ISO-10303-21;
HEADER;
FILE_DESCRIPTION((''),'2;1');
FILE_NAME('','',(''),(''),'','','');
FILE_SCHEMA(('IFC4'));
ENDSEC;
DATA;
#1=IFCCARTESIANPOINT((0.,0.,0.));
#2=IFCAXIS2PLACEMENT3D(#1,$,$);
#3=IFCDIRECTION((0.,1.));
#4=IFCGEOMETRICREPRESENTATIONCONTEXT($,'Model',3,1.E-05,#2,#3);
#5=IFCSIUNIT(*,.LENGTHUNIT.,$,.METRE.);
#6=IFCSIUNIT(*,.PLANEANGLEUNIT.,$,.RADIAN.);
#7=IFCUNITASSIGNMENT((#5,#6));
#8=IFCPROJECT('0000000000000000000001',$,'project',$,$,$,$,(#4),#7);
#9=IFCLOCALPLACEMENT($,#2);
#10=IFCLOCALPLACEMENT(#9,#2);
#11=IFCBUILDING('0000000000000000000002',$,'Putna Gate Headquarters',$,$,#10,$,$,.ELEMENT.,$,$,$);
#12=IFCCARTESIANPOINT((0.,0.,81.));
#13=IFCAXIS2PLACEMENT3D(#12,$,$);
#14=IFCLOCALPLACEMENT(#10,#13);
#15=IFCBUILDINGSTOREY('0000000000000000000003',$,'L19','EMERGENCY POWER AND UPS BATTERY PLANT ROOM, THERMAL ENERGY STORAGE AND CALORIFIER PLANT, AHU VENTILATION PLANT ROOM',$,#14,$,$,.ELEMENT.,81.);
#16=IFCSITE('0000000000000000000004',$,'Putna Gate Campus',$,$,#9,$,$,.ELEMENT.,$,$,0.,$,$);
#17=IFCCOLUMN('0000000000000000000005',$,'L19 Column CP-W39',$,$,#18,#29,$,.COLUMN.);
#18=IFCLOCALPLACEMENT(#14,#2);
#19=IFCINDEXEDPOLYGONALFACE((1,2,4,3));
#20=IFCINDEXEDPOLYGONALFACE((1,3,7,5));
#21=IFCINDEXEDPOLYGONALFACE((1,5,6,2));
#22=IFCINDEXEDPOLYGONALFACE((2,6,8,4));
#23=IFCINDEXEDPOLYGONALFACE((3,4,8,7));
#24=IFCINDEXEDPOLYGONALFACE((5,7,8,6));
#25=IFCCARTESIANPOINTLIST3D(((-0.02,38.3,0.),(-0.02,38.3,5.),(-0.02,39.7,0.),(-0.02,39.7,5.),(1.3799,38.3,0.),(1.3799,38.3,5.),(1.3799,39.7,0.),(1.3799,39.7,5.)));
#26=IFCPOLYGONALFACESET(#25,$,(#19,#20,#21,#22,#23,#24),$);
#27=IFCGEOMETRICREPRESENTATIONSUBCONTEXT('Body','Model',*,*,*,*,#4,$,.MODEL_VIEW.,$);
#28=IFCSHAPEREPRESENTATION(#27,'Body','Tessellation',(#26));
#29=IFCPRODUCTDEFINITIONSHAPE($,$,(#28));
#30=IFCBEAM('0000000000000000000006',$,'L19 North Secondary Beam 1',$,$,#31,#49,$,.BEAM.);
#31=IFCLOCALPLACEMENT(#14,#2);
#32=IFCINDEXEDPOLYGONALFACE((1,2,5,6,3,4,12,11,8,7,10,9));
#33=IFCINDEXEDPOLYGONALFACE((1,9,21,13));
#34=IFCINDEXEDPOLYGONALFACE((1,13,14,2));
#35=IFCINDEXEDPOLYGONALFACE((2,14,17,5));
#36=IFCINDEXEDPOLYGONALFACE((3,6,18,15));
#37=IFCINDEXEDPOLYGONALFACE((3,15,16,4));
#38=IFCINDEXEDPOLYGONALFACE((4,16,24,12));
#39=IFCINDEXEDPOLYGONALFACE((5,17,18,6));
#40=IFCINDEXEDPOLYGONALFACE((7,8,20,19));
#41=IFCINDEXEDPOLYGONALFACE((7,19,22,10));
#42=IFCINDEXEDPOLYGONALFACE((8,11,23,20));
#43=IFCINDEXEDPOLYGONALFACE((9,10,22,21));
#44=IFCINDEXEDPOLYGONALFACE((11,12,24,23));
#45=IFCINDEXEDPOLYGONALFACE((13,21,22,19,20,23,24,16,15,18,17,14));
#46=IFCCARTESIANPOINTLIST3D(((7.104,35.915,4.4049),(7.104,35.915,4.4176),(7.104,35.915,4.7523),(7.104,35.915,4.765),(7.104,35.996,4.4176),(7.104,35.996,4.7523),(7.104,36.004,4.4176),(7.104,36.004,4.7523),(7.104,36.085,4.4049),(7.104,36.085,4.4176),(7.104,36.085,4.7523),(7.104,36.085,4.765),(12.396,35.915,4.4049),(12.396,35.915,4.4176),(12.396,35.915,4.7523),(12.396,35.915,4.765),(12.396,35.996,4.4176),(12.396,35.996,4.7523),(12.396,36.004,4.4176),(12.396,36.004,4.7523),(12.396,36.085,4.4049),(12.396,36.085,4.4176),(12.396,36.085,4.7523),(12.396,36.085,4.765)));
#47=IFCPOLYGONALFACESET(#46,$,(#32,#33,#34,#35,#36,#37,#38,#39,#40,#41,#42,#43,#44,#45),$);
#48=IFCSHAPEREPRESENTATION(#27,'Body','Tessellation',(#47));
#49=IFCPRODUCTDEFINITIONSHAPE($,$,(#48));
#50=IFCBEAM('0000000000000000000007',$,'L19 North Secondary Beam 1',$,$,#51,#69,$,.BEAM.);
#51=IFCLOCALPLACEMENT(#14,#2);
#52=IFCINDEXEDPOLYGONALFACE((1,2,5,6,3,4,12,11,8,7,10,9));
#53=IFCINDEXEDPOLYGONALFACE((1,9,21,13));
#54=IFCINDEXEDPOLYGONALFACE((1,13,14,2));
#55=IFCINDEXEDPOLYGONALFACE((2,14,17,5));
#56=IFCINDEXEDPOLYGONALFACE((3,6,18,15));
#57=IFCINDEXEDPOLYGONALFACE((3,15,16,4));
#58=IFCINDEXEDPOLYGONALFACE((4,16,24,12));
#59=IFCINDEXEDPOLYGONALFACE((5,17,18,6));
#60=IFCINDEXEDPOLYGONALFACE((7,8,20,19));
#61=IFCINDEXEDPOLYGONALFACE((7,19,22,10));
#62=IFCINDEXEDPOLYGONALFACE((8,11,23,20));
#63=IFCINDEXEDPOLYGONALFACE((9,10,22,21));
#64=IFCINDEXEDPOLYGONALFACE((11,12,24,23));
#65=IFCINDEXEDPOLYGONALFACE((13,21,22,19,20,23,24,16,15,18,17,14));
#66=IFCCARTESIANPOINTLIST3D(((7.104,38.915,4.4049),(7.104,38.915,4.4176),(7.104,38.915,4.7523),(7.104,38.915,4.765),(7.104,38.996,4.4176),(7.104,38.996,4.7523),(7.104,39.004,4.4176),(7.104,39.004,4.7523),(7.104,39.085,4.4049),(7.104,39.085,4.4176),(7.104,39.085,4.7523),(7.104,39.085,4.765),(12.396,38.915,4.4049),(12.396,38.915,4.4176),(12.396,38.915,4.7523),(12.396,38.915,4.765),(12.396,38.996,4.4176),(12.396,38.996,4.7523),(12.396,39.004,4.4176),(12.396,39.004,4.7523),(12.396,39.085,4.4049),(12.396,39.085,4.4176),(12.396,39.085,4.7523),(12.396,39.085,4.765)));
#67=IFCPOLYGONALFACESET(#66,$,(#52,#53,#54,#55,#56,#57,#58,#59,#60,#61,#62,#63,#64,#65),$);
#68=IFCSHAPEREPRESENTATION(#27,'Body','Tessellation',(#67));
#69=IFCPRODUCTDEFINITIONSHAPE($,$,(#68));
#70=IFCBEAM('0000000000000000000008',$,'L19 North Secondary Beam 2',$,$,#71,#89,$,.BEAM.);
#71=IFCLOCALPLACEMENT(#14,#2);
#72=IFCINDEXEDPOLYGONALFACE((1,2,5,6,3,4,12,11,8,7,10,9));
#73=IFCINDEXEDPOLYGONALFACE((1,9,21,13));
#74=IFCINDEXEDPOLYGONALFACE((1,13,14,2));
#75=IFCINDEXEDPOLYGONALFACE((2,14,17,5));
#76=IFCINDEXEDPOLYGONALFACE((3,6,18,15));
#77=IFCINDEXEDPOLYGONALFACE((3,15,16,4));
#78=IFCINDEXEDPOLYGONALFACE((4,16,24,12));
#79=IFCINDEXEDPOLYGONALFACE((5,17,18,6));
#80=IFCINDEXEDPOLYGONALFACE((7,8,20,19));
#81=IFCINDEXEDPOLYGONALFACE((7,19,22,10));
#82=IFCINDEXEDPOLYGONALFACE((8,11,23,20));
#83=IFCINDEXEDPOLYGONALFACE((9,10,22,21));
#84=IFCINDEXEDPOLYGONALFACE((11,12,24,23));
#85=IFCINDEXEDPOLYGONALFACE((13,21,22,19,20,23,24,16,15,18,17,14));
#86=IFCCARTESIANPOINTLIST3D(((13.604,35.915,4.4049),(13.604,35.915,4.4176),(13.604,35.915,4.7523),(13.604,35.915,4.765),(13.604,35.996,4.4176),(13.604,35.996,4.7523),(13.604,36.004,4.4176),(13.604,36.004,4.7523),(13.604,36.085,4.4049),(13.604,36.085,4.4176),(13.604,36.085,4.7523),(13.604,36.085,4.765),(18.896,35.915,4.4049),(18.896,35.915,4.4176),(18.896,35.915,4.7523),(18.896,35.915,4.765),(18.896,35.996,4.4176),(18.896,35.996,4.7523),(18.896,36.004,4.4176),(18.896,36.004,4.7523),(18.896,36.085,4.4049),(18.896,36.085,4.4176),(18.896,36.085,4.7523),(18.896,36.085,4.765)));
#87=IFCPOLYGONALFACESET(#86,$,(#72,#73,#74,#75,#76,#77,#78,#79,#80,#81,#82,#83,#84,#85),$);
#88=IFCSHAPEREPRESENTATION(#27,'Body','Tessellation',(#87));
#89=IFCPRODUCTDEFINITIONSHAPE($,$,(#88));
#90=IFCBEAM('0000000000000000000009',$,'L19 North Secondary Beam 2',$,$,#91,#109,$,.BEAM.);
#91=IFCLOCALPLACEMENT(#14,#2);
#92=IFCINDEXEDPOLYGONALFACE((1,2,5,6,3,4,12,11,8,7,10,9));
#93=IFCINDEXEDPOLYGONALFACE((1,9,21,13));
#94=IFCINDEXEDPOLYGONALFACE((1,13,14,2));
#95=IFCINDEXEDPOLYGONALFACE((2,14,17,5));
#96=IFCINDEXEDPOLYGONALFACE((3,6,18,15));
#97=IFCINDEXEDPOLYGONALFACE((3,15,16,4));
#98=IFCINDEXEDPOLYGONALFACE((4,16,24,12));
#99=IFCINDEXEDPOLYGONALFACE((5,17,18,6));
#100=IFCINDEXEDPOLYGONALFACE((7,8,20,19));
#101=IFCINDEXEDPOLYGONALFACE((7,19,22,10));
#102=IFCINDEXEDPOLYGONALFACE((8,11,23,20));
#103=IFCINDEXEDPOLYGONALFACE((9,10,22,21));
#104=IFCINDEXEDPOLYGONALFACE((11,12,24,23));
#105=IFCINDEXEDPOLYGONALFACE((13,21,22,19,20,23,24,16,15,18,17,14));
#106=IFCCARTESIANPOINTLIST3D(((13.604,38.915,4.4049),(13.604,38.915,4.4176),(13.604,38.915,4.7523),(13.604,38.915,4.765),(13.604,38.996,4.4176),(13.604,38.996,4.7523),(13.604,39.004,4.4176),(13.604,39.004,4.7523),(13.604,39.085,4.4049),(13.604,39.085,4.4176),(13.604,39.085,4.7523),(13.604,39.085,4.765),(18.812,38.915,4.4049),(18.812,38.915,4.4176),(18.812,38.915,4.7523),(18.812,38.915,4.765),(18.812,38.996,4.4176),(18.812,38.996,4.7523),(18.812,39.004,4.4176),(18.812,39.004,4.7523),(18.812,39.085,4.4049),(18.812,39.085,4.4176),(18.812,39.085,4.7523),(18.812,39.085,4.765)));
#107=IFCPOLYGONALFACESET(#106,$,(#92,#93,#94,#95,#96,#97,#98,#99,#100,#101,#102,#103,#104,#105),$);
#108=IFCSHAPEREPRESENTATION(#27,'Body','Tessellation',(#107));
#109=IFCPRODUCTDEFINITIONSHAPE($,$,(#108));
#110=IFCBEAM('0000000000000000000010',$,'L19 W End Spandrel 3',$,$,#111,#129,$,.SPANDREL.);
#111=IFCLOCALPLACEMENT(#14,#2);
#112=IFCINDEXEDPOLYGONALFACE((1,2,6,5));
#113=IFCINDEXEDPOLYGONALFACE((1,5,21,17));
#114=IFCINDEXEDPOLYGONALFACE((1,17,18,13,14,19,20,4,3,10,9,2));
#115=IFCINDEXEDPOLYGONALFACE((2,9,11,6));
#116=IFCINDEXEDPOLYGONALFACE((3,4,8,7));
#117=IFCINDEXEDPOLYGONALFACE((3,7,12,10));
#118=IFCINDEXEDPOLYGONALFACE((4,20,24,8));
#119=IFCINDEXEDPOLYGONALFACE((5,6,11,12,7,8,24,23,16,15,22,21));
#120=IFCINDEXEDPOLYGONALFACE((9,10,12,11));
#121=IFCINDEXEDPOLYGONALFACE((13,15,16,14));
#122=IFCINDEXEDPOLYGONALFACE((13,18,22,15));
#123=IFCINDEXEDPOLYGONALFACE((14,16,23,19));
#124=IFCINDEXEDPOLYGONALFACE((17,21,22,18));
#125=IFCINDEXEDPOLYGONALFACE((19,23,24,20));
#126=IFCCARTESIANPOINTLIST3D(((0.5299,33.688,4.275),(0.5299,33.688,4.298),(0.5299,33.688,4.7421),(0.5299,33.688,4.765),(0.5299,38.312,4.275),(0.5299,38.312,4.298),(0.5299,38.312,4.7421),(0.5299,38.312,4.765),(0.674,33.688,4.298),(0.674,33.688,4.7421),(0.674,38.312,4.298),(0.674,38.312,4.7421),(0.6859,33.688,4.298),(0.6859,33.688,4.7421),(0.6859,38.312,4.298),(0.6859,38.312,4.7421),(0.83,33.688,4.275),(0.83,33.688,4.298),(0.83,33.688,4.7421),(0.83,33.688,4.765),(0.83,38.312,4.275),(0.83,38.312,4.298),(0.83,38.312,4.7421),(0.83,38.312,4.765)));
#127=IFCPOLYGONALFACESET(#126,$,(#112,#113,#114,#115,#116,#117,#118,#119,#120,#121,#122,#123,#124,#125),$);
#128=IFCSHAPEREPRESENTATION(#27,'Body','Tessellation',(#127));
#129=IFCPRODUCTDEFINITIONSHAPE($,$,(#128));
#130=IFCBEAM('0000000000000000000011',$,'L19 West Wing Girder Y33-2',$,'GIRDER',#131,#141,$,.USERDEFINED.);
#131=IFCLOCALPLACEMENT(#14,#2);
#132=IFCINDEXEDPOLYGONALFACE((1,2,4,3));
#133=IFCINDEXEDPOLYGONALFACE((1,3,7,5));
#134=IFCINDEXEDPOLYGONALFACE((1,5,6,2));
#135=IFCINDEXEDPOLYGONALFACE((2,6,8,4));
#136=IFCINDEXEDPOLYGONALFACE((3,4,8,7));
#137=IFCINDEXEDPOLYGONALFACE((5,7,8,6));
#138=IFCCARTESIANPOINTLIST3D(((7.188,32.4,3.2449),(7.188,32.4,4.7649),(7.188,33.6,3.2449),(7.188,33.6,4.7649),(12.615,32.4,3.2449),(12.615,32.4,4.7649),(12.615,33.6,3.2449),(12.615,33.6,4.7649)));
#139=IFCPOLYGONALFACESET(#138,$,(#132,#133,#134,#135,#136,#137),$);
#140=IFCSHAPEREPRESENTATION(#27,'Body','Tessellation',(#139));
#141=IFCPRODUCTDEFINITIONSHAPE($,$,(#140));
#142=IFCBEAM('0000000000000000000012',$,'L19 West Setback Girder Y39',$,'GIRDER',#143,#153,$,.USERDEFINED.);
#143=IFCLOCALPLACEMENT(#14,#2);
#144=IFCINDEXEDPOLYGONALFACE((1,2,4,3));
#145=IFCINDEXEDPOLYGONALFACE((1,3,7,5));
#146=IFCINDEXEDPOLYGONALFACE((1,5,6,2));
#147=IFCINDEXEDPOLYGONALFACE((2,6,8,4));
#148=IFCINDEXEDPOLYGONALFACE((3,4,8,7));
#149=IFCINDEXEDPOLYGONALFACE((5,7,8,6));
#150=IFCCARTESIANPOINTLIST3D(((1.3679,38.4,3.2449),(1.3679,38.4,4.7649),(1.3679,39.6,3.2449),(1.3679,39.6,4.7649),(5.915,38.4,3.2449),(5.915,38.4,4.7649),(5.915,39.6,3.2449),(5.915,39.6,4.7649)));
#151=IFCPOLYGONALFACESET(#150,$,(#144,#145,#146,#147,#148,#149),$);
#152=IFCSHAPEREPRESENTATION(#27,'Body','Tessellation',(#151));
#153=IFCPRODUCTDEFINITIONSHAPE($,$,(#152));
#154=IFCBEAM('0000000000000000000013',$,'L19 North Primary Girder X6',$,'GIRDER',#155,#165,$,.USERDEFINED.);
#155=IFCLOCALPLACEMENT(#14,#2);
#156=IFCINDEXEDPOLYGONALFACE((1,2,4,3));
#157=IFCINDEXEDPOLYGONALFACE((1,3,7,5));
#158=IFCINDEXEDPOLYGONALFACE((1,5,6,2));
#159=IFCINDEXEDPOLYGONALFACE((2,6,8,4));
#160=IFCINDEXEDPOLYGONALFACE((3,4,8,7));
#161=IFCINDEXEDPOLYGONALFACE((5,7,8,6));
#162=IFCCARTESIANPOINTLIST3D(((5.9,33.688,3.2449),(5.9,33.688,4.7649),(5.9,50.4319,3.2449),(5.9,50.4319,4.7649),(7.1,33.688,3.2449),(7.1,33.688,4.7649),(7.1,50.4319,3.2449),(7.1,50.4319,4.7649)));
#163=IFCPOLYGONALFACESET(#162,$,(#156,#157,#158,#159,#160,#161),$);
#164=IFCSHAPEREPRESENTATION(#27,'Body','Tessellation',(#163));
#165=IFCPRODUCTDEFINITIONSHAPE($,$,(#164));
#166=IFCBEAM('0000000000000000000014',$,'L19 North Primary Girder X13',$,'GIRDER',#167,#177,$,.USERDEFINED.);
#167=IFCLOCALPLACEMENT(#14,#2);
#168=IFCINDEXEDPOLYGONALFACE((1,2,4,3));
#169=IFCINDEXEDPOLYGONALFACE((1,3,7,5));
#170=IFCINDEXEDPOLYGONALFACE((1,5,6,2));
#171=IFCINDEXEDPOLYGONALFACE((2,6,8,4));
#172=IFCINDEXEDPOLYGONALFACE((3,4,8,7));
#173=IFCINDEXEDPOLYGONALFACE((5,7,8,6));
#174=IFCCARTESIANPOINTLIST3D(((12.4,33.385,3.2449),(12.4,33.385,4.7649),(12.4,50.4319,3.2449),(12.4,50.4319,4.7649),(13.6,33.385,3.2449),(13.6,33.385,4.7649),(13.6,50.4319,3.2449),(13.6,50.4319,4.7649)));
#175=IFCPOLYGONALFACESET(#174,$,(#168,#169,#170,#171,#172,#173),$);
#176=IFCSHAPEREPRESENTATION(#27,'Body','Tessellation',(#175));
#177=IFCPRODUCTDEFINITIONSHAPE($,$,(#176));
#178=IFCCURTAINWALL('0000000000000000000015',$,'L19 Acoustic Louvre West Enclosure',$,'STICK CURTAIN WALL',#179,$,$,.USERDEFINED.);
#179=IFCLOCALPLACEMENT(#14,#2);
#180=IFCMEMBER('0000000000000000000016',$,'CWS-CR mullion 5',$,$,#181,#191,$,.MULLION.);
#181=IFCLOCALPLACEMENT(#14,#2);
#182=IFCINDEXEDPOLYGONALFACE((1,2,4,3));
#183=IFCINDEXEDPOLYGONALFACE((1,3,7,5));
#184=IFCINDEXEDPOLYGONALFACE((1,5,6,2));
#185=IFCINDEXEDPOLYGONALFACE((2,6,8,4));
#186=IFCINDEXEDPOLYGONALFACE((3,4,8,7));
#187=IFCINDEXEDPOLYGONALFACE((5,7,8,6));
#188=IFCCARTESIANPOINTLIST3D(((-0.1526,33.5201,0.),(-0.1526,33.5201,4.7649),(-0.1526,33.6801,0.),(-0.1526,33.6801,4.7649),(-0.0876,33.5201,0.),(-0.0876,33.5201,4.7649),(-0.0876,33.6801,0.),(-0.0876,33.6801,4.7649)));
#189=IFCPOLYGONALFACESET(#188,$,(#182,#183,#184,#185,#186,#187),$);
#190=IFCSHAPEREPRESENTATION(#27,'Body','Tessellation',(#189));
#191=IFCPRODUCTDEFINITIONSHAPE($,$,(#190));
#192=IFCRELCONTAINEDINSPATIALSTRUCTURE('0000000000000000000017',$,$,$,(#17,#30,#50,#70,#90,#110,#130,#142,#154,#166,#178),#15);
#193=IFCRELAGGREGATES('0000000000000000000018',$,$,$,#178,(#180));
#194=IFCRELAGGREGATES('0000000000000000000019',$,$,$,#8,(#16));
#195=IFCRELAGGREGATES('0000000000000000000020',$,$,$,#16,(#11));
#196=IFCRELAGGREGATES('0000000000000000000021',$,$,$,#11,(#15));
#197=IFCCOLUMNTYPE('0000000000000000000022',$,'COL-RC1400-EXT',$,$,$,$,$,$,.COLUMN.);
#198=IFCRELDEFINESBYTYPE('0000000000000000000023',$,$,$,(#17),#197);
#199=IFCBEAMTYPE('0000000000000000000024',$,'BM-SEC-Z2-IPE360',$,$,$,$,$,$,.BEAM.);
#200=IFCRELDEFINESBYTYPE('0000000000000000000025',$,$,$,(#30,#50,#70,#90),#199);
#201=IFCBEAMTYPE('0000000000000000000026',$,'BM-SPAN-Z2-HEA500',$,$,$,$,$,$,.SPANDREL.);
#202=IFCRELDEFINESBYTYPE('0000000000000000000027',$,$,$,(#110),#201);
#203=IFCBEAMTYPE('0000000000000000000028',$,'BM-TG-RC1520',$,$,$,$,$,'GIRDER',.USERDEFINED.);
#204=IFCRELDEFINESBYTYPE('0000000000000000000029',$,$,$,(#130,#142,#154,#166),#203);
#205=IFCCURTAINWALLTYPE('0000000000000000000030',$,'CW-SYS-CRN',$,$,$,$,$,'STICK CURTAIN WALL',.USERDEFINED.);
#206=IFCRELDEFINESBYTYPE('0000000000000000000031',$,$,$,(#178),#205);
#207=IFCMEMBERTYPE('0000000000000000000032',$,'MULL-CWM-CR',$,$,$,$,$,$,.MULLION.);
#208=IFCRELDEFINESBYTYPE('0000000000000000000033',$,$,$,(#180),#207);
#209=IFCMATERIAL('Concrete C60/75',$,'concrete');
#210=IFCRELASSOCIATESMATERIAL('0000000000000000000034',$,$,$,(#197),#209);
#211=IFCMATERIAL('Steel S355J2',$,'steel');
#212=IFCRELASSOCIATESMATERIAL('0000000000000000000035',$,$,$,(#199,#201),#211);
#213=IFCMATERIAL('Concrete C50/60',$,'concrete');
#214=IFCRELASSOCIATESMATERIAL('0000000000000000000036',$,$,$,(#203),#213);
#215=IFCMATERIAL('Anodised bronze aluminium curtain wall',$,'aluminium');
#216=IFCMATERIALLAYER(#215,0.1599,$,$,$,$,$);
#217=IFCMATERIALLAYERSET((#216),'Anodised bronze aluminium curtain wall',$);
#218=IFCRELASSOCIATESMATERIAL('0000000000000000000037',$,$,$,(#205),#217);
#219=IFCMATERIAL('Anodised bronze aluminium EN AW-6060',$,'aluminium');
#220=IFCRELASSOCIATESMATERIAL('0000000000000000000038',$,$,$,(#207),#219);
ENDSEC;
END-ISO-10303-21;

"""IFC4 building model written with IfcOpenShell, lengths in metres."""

from ifc_helpers import new_model, si_unit, direction, frame, origin, origin_2d, place, context, subcontext, project, spatial, rectangle, i_section, extrude, material, layer, layer_set, material_profile, profile_set, type_object, element, aggregate, save


model = new_model("IFC4")

# Units and contexts
model_context = context("Model", 3, precision=1e-05, world=origin(), true_north=direction((0.0, 1.0)))
body_context = subcontext(model_context, "Body", "Model", "MODEL_VIEW")
ifc_project = project(units=[si_unit("LENGTHUNIT", "METRE"), si_unit("PLANEANGLEUNIT", "RADIAN")], contexts=[model_context])

# Site, building, storey
site_placement = place(None, origin())
site = spatial("IfcSite", under=ifc_project, at=site_placement, Name="Putna Gate Campus", CompositionType="ELEMENT", RefElevation=0.0)
building_placement = place(site_placement, origin())
building = spatial("IfcBuilding", under=site, at=building_placement, Name="Putna Gate Headquarters", CompositionType="ELEMENT")
storey_placement = place(building_placement, frame((0.0, 0.0, 81.0)))
storey = spatial("IfcBuildingStorey", under=building, at=storey_placement, Name="L19", Description="EMERGENCY POWER AND UPS BATTERY PLANT ROOM, THERMAL ENERGY STORAGE AND CALORIFIER PLANT, AHU VENTILATION PLANT ROOM", CompositionType="ELEMENT", Elevation=81.0)

# Column
ifc_material_1 = material(Name="Concrete C60/75", Category="concrete")
ifc_material_profile_1 = material_profile(ifc_material_1, rectangle(XDim=1.3999, YDim=1.3999, at=origin_2d()), Name="Concrete C60/75")
ifc_profile_set_1 = profile_set([ifc_material_profile_1], Name="Concrete C60/75")
column_type = type_object("IfcColumnType", Name="COL-RC1400-EXT", PredefinedType="COLUMN", material=ifc_profile_set_1)
column_placement = place(storey_placement, frame((0.6799, 39.0, 0.0), z_axis=(0.0, 0.0, 1.0), x_axis=(1.0, 0.0, 0.0)))
element("IfcColumn", 1, at=column_placement, inside=storey, type_object=column_type, Name="L19 Column CP-W39", PredefinedType="COLUMN", context=body_context, shape_type="SweptSolid", body=[
    extrude(rectangle(XDim=1.3999, YDim=1.3999, at=origin_2d()), origin(), (0.0, 0.0, 1.0), 5.0),
])

# Beams
ifc_material_2 = material(Name="Steel S355J2", Category="steel")
ifc_material_profile_2 = material_profile(ifc_material_2, i_section(OverallWidth=0.1699, OverallDepth=0.3601, WebThickness=0.0081, FlangeThickness=0.0127, at=origin_2d()), Name="Steel S355J2")
ifc_profile_set_2 = profile_set([ifc_material_profile_2], Name="Steel S355J2")
beam_type_1 = type_object("IfcBeamType", Name="BM-SEC-Z2-IPE360", PredefinedType="BEAM", material=ifc_profile_set_2)
for number, where, z_axis, x_axis, name in (
    (2, (7.104, 36.0, 4.585), (1.0, 0.0, 0.0), (0.0, 1.0, 0.0), "L19 North Secondary Beam 1"),
    (3, (7.104, 39.0, 4.585), (1.0, 0.0, 0.0), (0.0, 1.0, 0.0), "L19 North Secondary Beam 1"),
    (4, (13.604, 36.0, 4.585), (1.0, 0.0, 0.0), (0.0, 1.0, 0.0), "L19 North Secondary Beam 2"),
):
    element("IfcBeam", number, at=place(storey_placement, frame(where, z_axis=z_axis, x_axis=x_axis)), inside=storey, type_object=beam_type_1, Name=name, PredefinedType="BEAM", context=body_context, shape_type="SweptSolid", body=[
        extrude(i_section(OverallWidth=0.1699, OverallDepth=0.3601, WebThickness=0.0081, FlangeThickness=0.0127, at=origin_2d()), origin(), (0.0, 0.0, 1.0), 5.292),
    ])
beam_1_placement = place(storey_placement, frame((13.604, 39.0, 4.585), z_axis=(1.0, 0.0, 0.0), x_axis=(0.0, 1.0, 0.0)))
element("IfcBeam", 5, at=beam_1_placement, inside=storey, type_object=beam_type_1, Name="L19 North Secondary Beam 2", PredefinedType="BEAM", context=body_context, shape_type="SweptSolid", body=[
    extrude(i_section(OverallWidth=0.1699, OverallDepth=0.3601, WebThickness=0.0081, FlangeThickness=0.0127, at=origin_2d()), origin(), (0.0, 0.0, 1.0), 5.208),
])
ifc_material_profile_3 = material_profile(ifc_material_2, i_section(OverallWidth=0.3, OverallDepth=0.49, WebThickness=0.012, FlangeThickness=0.0229, at=origin_2d()), Name="Steel S355J2")
ifc_profile_set_3 = profile_set([ifc_material_profile_3], Name="Steel S355J2")
beam_type_2 = type_object("IfcBeamType", Name="BM-SPAN-Z2-HEA500", PredefinedType="SPANDREL", material=ifc_profile_set_3)
beam_2_placement = place(storey_placement, frame((0.6799, 33.688, 4.52), z_axis=(0.0, 1.0, 0.0), x_axis=(-1.0, 0.0, 0.0)))
element("IfcBeam", 6, at=beam_2_placement, inside=storey, type_object=beam_type_2, Name="L19 W End Spandrel 3", PredefinedType="SPANDREL", context=body_context, shape_type="SweptSolid", body=[
    extrude(i_section(OverallWidth=0.3, OverallDepth=0.49, WebThickness=0.012, FlangeThickness=0.0229, at=origin_2d()), origin(), (0.0, 0.0, 1.0), 4.624),
])
ifc_material_3 = material(Name="Concrete C50/60", Category="concrete")
ifc_material_profile_4 = material_profile(ifc_material_3, rectangle(XDim=1.2, YDim=1.52, at=origin_2d()), Name="Concrete C50/60")
ifc_profile_set_4 = profile_set([ifc_material_profile_4], Name="Concrete C50/60")
beam_type_3 = type_object("IfcBeamType", Name="BM-TG-RC1520", ElementType="GIRDER", PredefinedType="USERDEFINED", material=ifc_profile_set_4)
beam_3_placement = place(storey_placement, frame((7.188, 33.0, 4.0049), z_axis=(1.0, 0.0, 0.0), x_axis=(0.0, 1.0, 0.0)))
element("IfcBeam", 7, at=beam_3_placement, inside=storey, type_object=beam_type_3, Name="L19 West Wing Girder Y33-2", ObjectType="GIRDER", PredefinedType="USERDEFINED", context=body_context, shape_type="SweptSolid", body=[
    extrude(rectangle(XDim=1.2, YDim=1.52, at=origin_2d()), origin(), (0.0, 0.0, 1.0), 5.427),
])
beam_4_placement = place(storey_placement, frame((1.3679, 39.0, 4.0049), z_axis=(1.0, 0.0, 0.0), x_axis=(0.0, 1.0, 0.0)))
element("IfcBeam", 8, at=beam_4_placement, inside=storey, type_object=beam_type_3, Name="L19 West Setback Girder Y39", ObjectType="GIRDER", PredefinedType="USERDEFINED", context=body_context, shape_type="SweptSolid", body=[
    extrude(rectangle(XDim=1.2, YDim=1.52, at=origin_2d()), origin(), (0.0, 0.0, 1.0), 4.5471),
])
beam_5_placement = place(storey_placement, frame((6.5, 33.688, 4.0049), z_axis=(0.0, 1.0, 0.0), x_axis=(-1.0, 0.0, 0.0)))
element("IfcBeam", 9, at=beam_5_placement, inside=storey, type_object=beam_type_3, Name="L19 North Primary Girder X6", ObjectType="GIRDER", PredefinedType="USERDEFINED", context=body_context, shape_type="SweptSolid", body=[
    extrude(rectangle(XDim=1.2, YDim=1.52, at=origin_2d()), origin(), (0.0, 0.0, 1.0), 16.7439),
])
beam_6_placement = place(storey_placement, frame((13.0, 33.385, 4.0049), z_axis=(0.0, 1.0, 0.0), x_axis=(-1.0, 0.0, 0.0)))
element("IfcBeam", 10, at=beam_6_placement, inside=storey, type_object=beam_type_3, Name="L19 North Primary Girder X13", ObjectType="GIRDER", PredefinedType="USERDEFINED", context=body_context, shape_type="SweptSolid", body=[
    extrude(rectangle(XDim=1.2, YDim=1.52, at=origin_2d()), origin(), (0.0, 0.0, 1.0), 17.0469),
])

# Curtain wall, member
ifc_material_4 = material(Name="Anodised bronze aluminium curtain wall", Category="aluminium")
ifc_layer_1 = layer(ifc_material_4, 0.1599)
ifc_layer_set_1 = layer_set([ifc_layer_1], Name="Anodised bronze aluminium curtain wall")
curtain_wall_type = type_object("IfcCurtainWallType", Name="CW-SYS-CRN", ElementType="STICK CURTAIN WALL", PredefinedType="USERDEFINED", material=ifc_layer_set_1)
curtain_wall_placement = place(storey_placement, origin())
curtain_wall = element("IfcCurtainWall", 11, at=curtain_wall_placement, inside=storey, type_object=curtain_wall_type, Name="L19 Acoustic Louvre West Enclosure", ObjectType="STICK CURTAIN WALL", PredefinedType="USERDEFINED")
ifc_material_5 = material(Name="Anodised bronze aluminium EN AW-6060", Category="aluminium")
ifc_material_profile_5 = material_profile(ifc_material_5, rectangle(XDim=0.0649, YDim=0.1599, at=origin_2d()), Name="Anodised bronze aluminium EN AW-6060")
ifc_profile_set_5 = profile_set([ifc_material_profile_5], Name="Anodised bronze aluminium EN AW-6060")
member_type_1 = type_object("IfcMemberType", Name="MULL-CWM-CR", PredefinedType="MULLION", material=ifc_profile_set_5)
member_1_placement = place(storey_placement, frame((-0.1201, 33.6001, 0.0), z_axis=(0.0, 0.0, 1.0), x_axis=(-1.0, 0.0, 0.0)))
member_1 = element("IfcMember", 12, at=member_1_placement, type_object=member_type_1, Name="CWS-CR mullion 5", PredefinedType="MULLION", context=body_context, shape_type="SweptSolid", body=[
    extrude(rectangle(XDim=0.0649, YDim=0.1599, at=origin_2d()), origin(), (0.0, 0.0, 1.0), 4.7649),
])
aggregate(curtain_wall, [member_1])

save(model, "model.ifc")
